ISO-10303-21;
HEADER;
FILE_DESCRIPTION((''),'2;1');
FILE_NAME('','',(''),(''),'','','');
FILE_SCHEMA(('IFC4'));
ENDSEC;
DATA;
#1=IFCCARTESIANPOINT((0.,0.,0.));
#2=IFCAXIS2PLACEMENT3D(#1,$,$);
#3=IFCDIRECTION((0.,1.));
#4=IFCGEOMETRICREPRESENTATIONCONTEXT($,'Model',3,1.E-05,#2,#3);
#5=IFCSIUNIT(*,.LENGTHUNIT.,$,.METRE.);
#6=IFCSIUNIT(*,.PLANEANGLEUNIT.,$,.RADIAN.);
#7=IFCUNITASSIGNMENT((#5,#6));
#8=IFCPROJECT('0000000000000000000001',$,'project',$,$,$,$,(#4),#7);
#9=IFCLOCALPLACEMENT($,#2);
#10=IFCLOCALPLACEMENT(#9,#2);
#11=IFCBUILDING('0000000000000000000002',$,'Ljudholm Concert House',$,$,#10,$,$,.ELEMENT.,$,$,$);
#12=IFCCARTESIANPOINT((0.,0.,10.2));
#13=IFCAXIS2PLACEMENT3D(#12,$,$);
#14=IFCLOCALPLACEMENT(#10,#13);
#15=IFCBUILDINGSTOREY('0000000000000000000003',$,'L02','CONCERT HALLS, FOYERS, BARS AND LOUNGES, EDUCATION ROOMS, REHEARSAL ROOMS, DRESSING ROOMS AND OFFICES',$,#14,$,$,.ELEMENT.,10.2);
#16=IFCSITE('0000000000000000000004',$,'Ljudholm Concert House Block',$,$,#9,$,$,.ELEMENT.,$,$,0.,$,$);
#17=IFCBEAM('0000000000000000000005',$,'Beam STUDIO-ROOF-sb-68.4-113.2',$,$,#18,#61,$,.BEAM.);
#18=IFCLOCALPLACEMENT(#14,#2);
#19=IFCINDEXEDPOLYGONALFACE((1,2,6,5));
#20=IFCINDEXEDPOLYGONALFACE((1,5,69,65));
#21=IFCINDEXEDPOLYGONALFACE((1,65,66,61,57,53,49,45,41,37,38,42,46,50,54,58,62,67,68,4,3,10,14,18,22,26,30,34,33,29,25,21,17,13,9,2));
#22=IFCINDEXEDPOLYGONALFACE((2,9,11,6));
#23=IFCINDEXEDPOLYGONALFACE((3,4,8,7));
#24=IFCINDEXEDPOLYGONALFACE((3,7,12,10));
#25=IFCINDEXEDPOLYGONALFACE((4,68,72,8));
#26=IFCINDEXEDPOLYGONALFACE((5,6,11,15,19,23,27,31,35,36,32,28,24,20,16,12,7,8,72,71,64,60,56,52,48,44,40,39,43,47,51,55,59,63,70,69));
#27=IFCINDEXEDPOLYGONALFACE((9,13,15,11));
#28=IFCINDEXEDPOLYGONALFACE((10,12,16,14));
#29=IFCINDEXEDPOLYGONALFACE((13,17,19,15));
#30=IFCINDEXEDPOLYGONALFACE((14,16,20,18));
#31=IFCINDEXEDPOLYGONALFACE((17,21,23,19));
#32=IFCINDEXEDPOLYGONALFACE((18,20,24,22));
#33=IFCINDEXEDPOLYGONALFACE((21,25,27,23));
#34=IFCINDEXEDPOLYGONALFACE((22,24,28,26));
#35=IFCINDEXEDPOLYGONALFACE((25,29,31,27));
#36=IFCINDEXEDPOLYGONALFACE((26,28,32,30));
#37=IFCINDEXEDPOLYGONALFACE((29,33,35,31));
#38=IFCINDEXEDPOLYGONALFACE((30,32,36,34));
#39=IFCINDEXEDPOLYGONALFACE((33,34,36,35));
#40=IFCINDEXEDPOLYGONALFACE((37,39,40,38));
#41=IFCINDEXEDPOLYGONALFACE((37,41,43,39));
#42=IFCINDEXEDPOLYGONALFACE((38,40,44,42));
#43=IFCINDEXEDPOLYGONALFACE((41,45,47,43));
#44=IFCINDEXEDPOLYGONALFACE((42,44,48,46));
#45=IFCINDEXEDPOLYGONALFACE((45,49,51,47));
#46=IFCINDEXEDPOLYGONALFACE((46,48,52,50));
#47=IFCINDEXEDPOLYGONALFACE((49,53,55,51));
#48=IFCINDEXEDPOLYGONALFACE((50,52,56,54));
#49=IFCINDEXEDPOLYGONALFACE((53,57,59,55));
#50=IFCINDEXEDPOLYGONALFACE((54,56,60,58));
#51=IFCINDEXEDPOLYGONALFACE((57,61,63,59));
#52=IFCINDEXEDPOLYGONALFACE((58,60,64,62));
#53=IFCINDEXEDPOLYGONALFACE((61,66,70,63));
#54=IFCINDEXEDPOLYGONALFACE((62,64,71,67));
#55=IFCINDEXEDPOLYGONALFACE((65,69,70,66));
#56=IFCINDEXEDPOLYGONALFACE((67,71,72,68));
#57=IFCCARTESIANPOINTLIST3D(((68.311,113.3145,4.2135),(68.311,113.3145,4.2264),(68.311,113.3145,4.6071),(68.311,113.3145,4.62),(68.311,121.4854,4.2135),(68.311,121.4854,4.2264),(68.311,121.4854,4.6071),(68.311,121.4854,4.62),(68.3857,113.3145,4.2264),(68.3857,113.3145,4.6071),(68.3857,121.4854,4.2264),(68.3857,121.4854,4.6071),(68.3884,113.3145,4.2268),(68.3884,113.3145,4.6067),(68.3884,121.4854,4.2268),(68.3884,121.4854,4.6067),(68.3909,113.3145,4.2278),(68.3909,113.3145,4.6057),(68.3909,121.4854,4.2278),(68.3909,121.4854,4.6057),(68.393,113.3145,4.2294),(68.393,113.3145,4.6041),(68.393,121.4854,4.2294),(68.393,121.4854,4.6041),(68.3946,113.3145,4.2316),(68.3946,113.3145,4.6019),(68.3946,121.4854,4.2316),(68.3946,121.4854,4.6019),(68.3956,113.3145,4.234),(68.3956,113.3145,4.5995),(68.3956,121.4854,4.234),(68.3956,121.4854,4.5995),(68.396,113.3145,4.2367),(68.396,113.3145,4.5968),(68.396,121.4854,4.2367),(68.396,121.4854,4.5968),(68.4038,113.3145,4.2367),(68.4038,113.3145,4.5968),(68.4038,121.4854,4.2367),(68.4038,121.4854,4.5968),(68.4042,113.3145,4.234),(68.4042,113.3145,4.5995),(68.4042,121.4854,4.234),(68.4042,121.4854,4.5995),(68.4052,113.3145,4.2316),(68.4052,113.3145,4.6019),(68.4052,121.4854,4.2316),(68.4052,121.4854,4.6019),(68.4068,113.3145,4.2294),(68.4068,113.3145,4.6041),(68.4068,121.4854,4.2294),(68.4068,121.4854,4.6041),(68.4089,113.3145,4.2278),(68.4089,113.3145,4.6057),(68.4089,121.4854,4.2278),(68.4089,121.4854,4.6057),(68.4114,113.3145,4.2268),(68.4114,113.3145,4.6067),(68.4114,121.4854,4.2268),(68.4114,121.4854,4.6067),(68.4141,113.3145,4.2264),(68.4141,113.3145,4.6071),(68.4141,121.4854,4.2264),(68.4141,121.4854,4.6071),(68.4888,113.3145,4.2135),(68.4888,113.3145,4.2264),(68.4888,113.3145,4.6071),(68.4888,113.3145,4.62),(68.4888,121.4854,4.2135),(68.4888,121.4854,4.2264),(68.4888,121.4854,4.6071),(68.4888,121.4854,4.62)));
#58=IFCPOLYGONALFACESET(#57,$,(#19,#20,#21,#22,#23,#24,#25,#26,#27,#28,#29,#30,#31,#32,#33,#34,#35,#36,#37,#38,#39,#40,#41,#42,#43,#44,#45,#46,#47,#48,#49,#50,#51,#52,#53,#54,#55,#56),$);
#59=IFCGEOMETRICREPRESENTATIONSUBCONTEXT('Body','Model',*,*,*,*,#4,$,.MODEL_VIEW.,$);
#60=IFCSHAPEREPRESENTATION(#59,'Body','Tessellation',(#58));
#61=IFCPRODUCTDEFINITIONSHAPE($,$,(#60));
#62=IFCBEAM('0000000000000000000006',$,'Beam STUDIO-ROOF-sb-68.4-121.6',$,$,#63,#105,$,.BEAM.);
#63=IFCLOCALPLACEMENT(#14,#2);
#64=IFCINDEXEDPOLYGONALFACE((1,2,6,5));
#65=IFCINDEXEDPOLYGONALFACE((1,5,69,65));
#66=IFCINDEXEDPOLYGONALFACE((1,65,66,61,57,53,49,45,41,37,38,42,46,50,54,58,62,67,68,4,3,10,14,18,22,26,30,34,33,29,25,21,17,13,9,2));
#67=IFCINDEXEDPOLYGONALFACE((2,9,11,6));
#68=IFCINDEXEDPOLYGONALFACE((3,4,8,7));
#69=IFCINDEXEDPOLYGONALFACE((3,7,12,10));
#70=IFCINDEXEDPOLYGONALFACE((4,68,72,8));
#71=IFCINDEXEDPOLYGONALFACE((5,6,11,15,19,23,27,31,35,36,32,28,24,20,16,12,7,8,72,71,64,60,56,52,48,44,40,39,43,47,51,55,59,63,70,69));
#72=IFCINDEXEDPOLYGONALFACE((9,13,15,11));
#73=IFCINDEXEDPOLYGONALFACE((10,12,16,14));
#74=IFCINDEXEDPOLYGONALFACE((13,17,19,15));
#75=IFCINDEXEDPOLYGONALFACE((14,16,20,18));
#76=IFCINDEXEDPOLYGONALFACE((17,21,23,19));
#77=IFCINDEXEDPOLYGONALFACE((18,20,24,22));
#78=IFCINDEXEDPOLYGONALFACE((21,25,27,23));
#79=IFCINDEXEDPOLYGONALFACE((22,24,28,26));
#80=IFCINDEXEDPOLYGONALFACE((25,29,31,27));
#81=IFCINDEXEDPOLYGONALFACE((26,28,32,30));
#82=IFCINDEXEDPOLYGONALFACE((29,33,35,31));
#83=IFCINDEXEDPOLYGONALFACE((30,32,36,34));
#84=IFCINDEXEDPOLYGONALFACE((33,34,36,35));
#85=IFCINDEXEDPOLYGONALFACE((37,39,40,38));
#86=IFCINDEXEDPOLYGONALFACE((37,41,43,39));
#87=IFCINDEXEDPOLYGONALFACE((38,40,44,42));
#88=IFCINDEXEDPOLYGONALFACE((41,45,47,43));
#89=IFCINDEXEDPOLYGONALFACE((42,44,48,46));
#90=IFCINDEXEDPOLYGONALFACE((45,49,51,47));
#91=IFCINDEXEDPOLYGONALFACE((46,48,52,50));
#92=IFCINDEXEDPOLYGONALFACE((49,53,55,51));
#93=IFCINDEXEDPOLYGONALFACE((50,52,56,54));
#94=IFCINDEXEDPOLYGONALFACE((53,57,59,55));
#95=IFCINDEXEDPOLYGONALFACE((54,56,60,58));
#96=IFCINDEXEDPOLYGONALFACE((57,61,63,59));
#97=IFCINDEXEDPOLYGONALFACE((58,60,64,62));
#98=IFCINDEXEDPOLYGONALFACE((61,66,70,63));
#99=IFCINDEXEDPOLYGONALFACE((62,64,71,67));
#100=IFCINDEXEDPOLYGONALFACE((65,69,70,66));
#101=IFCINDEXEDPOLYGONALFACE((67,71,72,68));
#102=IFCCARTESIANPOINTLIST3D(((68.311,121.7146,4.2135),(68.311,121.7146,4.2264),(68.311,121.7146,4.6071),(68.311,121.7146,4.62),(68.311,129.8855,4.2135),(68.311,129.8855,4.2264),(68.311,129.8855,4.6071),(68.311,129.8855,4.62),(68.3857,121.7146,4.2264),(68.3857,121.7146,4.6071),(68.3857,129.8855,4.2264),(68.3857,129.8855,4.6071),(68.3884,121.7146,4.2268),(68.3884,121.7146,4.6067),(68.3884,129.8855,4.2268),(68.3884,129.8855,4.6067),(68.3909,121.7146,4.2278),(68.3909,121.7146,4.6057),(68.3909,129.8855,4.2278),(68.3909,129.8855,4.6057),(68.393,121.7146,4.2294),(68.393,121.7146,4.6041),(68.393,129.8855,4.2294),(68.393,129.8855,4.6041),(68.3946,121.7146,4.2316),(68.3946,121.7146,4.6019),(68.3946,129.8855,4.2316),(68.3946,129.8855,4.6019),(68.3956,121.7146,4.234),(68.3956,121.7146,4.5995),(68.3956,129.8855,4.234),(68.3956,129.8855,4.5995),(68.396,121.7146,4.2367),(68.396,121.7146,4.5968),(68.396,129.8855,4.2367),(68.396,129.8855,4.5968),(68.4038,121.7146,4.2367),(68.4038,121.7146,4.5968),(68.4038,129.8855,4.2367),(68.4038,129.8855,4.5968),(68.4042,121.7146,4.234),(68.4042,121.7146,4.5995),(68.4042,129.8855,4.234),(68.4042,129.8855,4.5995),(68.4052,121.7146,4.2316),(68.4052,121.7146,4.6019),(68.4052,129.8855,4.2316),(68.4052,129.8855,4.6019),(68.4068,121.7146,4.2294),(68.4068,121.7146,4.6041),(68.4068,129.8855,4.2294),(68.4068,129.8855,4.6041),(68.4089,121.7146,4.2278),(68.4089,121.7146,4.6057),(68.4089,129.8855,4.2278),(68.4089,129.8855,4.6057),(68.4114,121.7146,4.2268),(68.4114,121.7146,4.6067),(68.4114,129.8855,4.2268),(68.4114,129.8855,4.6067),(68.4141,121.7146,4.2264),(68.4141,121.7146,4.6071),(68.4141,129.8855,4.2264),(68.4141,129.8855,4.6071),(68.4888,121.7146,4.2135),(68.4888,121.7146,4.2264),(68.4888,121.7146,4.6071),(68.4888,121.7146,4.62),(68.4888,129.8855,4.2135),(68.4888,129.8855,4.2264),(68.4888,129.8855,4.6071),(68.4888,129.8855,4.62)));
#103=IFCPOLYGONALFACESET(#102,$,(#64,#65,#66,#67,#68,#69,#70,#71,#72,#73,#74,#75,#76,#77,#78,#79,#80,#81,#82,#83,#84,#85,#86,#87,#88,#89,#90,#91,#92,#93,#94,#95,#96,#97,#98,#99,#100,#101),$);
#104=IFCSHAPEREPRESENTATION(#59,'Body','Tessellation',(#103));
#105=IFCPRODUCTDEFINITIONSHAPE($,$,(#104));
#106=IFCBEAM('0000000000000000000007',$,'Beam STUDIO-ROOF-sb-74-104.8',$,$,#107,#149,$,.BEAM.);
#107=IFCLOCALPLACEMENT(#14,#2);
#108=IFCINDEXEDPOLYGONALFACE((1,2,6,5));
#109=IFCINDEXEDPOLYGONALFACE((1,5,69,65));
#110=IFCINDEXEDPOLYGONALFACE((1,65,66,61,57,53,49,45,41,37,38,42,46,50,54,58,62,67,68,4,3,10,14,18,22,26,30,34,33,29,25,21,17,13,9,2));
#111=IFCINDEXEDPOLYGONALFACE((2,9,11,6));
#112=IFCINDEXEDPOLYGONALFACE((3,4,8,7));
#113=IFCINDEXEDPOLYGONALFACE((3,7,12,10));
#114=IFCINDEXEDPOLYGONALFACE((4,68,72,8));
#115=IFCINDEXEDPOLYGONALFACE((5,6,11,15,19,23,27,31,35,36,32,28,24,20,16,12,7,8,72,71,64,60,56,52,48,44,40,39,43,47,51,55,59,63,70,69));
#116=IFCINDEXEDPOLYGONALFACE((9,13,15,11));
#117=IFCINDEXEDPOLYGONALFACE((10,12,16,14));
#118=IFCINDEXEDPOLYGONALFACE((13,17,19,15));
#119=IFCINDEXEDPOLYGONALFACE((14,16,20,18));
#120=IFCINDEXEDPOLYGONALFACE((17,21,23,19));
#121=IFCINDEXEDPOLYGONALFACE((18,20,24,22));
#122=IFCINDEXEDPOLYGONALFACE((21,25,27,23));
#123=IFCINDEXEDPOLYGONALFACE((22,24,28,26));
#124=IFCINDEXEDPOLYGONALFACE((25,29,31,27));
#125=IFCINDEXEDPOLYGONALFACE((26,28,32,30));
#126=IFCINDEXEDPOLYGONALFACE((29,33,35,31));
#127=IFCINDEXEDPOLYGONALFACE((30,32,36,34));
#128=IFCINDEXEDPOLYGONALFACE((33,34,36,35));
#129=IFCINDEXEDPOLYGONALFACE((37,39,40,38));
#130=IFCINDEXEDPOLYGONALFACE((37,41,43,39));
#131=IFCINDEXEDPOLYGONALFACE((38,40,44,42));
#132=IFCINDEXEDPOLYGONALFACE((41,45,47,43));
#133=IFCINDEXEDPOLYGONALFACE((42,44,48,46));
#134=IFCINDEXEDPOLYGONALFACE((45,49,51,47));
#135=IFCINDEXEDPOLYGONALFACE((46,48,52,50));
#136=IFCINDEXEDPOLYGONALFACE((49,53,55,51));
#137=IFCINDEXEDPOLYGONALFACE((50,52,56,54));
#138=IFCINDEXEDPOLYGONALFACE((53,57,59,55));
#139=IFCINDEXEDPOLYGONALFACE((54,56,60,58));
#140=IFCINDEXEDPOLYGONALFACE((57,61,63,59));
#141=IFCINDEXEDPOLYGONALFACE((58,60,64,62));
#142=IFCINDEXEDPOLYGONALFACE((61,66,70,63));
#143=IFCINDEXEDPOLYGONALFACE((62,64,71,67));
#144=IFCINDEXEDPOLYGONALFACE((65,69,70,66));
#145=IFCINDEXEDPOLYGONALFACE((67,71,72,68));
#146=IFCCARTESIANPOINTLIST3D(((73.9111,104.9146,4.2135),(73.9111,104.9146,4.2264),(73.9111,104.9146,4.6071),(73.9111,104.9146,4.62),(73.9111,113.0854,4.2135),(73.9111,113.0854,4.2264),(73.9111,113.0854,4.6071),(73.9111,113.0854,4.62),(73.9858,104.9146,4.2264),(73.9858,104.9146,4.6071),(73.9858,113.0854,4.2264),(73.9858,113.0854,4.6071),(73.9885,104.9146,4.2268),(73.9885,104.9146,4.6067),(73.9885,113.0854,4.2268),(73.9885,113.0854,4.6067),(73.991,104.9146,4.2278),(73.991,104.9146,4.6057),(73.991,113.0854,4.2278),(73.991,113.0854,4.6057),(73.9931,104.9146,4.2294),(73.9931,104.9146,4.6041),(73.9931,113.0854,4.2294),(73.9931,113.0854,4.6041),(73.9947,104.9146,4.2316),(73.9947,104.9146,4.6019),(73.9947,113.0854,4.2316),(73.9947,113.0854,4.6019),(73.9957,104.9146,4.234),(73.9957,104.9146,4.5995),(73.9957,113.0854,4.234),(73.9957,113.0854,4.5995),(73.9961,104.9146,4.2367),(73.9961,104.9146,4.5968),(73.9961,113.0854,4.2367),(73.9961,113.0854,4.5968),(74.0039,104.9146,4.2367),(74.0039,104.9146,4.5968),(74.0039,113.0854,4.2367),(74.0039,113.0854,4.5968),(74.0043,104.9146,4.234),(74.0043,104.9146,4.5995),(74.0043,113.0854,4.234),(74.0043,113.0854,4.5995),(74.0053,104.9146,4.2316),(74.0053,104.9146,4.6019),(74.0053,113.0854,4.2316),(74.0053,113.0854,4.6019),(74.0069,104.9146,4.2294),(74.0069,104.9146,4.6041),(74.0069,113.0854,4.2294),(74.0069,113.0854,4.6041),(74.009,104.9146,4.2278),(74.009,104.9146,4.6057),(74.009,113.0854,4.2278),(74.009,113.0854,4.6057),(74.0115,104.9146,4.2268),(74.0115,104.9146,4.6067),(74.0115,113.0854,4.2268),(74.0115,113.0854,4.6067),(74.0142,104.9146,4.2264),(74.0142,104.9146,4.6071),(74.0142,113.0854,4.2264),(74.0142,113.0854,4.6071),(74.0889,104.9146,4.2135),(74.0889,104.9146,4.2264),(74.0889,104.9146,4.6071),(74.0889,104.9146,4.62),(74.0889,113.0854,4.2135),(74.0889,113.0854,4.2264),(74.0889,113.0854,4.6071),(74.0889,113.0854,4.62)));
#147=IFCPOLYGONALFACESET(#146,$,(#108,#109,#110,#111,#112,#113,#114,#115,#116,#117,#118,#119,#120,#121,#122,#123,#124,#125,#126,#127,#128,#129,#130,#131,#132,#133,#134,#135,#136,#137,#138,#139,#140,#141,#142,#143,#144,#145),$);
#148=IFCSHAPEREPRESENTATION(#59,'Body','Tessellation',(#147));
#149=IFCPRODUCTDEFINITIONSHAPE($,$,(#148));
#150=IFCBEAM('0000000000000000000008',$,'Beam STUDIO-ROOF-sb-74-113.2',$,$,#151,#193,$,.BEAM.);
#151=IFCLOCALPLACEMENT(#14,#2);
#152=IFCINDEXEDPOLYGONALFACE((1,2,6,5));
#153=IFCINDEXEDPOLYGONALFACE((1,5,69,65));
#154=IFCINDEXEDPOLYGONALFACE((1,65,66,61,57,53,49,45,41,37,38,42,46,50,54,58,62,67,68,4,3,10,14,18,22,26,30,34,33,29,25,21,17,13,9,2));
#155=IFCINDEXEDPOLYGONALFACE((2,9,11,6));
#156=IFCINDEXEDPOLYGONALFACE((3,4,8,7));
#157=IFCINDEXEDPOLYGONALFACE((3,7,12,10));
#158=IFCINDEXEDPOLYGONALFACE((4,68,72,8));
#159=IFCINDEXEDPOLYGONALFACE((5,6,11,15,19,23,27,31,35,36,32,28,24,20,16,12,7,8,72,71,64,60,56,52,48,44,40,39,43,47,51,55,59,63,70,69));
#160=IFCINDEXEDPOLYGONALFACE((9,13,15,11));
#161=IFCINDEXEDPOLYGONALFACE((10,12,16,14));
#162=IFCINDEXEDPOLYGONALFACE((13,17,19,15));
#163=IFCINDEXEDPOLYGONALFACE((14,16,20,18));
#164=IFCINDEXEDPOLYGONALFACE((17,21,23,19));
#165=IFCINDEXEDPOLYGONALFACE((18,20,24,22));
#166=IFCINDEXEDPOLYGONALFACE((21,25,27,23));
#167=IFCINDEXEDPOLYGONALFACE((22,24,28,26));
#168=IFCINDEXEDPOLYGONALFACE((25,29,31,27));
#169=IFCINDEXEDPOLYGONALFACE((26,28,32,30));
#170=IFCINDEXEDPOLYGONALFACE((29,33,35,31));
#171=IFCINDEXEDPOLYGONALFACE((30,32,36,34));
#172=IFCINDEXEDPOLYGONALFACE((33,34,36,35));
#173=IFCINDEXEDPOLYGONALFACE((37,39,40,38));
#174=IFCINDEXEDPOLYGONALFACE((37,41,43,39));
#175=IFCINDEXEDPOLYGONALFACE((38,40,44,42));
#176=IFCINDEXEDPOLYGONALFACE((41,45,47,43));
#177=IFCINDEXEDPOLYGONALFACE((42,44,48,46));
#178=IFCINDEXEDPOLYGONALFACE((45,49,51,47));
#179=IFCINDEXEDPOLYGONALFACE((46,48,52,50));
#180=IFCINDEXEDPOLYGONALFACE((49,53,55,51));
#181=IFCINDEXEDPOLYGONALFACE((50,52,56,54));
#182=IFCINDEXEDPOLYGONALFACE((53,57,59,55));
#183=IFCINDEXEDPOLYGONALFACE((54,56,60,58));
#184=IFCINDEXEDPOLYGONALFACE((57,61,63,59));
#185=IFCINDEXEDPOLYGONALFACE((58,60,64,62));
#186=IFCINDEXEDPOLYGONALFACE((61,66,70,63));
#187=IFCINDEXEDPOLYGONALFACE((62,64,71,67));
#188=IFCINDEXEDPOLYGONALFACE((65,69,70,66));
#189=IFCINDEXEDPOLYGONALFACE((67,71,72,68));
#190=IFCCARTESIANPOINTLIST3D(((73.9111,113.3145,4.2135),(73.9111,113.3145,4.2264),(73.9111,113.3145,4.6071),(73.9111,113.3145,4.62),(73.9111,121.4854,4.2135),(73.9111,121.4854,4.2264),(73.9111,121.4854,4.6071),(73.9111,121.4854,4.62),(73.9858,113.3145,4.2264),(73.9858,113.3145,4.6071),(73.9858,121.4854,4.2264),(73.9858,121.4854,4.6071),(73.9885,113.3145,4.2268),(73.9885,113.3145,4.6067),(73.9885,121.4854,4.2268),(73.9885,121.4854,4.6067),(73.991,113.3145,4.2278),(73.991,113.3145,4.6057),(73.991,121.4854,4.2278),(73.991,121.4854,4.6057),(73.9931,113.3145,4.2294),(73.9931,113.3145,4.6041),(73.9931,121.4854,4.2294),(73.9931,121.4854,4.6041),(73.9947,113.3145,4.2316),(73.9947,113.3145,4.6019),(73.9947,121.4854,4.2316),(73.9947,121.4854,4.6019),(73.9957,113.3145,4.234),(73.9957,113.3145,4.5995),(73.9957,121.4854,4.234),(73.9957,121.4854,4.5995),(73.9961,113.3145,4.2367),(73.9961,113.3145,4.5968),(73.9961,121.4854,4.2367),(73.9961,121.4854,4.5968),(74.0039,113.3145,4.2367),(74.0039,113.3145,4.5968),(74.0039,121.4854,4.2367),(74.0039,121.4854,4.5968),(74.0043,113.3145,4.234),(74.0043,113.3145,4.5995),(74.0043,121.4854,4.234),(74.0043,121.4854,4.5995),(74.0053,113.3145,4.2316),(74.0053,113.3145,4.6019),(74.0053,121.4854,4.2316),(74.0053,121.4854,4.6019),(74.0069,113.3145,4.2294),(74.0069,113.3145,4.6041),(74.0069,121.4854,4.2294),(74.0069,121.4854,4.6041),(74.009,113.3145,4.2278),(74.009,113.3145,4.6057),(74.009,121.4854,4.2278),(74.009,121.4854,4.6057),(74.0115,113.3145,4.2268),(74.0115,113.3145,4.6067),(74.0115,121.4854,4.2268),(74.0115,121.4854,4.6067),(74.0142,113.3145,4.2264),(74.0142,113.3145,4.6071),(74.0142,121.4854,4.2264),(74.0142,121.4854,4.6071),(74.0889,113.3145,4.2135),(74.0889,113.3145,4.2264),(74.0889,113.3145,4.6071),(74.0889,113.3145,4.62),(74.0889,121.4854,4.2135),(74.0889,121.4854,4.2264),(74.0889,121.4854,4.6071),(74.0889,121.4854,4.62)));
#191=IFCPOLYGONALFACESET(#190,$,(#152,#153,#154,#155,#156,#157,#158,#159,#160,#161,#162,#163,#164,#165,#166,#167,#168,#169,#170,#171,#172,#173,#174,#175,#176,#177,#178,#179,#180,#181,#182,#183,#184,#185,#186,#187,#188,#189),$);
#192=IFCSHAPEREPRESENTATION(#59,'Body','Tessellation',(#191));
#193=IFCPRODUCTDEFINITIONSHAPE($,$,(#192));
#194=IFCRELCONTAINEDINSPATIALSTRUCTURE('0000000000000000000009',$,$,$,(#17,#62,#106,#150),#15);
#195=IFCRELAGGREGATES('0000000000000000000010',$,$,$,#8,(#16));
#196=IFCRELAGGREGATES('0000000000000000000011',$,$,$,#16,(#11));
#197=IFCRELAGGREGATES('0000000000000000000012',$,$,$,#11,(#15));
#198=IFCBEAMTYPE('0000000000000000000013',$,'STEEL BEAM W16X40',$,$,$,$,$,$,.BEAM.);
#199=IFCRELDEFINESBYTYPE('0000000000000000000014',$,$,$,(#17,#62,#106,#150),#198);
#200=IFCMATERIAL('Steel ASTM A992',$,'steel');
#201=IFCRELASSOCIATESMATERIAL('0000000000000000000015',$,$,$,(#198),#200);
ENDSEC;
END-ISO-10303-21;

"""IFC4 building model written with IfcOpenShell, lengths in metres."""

from ifc_helpers import new_model, si_unit, direction, frame, origin, origin_2d, place, context, subcontext, project, spatial, i_section, extrude, material, material_profile, profile_set, type_object, element, save


model = new_model("IFC4")

# Units and contexts
model_context = context("Model", 3, precision=1e-05, world=origin(), true_north=direction((0.0, 1.0)))
body_context = subcontext(model_context, "Body", "Model", "MODEL_VIEW")
ifc_project = project(units=[si_unit("LENGTHUNIT", "METRE"), si_unit("PLANEANGLEUNIT", "RADIAN")], contexts=[model_context])

# Site, building, storey
site_placement = place(None, origin())
site = spatial("IfcSite", under=ifc_project, at=site_placement, Name="Ljudholm Concert House Block", CompositionType="ELEMENT", RefElevation=0.0)
building_placement = place(site_placement, origin())
building = spatial("IfcBuilding", under=site, at=building_placement, Name="Ljudholm Concert House", CompositionType="ELEMENT")
storey_placement = place(building_placement, frame((0.0, 0.0, 10.2)))
storey = spatial("IfcBuildingStorey", under=building, at=storey_placement, Name="L02", Description="CONCERT HALLS, FOYERS, BARS AND LOUNGES, EDUCATION ROOMS, REHEARSAL ROOMS, DRESSING ROOMS AND OFFICES", CompositionType="ELEMENT", Elevation=10.2)

# Beams
ifc_material_1 = material(Name="Steel ASTM A992", Category="steel")
ifc_material_profile_1 = material_profile(ifc_material_1, i_section(OverallWidth=0.1777, OverallDepth=0.4065, WebThickness=0.0078, FlangeThickness=0.0129, FilletRadius=0.0103, at=origin_2d()), Name="W16X40")
ifc_profile_set_1 = profile_set([ifc_material_profile_1], Name="Steel ASTM A992")
beam_type_1 = type_object("IfcBeamType", Name="STEEL BEAM W16X40", PredefinedType="BEAM", material=ifc_profile_set_1)
for number, where, z_axis, x_axis, name in (
    (1, (68.3999, 113.3145, 4.4167), (0.0, 1.0, 0.0), (-1.0, 0.0, 0.0), "Beam STUDIO-ROOF-sb-68.4-113.2"),
    (2, (68.3999, 121.7146, 4.4167), (0.0, 1.0, 0.0), (-1.0, 0.0, 0.0), "Beam STUDIO-ROOF-sb-68.4-121.6"),
    (3, (74.0, 104.9146, 4.4167), (0.0, 1.0, 0.0), (-1.0, 0.0, 0.0), "Beam STUDIO-ROOF-sb-74-104.8"),
    (4, (74.0, 113.3145, 4.4167), (0.0, 1.0, 0.0), (-1.0, 0.0, 0.0), "Beam STUDIO-ROOF-sb-74-113.2"),
):
    element("IfcBeam", number, at=place(storey_placement, frame(where, z_axis=z_axis, x_axis=x_axis)), inside=storey, type_object=beam_type_1, Name=name, PredefinedType="BEAM", context=body_context, shape_type="SweptSolid", body=[
        extrude(i_section(OverallWidth=0.1777, OverallDepth=0.4065, WebThickness=0.0078, FlangeThickness=0.0129, FilletRadius=0.0103, at=origin_2d()), origin(), (0.0, 0.0, 1.0), 8.1709),
    ])

save(model, "model.ifc")
